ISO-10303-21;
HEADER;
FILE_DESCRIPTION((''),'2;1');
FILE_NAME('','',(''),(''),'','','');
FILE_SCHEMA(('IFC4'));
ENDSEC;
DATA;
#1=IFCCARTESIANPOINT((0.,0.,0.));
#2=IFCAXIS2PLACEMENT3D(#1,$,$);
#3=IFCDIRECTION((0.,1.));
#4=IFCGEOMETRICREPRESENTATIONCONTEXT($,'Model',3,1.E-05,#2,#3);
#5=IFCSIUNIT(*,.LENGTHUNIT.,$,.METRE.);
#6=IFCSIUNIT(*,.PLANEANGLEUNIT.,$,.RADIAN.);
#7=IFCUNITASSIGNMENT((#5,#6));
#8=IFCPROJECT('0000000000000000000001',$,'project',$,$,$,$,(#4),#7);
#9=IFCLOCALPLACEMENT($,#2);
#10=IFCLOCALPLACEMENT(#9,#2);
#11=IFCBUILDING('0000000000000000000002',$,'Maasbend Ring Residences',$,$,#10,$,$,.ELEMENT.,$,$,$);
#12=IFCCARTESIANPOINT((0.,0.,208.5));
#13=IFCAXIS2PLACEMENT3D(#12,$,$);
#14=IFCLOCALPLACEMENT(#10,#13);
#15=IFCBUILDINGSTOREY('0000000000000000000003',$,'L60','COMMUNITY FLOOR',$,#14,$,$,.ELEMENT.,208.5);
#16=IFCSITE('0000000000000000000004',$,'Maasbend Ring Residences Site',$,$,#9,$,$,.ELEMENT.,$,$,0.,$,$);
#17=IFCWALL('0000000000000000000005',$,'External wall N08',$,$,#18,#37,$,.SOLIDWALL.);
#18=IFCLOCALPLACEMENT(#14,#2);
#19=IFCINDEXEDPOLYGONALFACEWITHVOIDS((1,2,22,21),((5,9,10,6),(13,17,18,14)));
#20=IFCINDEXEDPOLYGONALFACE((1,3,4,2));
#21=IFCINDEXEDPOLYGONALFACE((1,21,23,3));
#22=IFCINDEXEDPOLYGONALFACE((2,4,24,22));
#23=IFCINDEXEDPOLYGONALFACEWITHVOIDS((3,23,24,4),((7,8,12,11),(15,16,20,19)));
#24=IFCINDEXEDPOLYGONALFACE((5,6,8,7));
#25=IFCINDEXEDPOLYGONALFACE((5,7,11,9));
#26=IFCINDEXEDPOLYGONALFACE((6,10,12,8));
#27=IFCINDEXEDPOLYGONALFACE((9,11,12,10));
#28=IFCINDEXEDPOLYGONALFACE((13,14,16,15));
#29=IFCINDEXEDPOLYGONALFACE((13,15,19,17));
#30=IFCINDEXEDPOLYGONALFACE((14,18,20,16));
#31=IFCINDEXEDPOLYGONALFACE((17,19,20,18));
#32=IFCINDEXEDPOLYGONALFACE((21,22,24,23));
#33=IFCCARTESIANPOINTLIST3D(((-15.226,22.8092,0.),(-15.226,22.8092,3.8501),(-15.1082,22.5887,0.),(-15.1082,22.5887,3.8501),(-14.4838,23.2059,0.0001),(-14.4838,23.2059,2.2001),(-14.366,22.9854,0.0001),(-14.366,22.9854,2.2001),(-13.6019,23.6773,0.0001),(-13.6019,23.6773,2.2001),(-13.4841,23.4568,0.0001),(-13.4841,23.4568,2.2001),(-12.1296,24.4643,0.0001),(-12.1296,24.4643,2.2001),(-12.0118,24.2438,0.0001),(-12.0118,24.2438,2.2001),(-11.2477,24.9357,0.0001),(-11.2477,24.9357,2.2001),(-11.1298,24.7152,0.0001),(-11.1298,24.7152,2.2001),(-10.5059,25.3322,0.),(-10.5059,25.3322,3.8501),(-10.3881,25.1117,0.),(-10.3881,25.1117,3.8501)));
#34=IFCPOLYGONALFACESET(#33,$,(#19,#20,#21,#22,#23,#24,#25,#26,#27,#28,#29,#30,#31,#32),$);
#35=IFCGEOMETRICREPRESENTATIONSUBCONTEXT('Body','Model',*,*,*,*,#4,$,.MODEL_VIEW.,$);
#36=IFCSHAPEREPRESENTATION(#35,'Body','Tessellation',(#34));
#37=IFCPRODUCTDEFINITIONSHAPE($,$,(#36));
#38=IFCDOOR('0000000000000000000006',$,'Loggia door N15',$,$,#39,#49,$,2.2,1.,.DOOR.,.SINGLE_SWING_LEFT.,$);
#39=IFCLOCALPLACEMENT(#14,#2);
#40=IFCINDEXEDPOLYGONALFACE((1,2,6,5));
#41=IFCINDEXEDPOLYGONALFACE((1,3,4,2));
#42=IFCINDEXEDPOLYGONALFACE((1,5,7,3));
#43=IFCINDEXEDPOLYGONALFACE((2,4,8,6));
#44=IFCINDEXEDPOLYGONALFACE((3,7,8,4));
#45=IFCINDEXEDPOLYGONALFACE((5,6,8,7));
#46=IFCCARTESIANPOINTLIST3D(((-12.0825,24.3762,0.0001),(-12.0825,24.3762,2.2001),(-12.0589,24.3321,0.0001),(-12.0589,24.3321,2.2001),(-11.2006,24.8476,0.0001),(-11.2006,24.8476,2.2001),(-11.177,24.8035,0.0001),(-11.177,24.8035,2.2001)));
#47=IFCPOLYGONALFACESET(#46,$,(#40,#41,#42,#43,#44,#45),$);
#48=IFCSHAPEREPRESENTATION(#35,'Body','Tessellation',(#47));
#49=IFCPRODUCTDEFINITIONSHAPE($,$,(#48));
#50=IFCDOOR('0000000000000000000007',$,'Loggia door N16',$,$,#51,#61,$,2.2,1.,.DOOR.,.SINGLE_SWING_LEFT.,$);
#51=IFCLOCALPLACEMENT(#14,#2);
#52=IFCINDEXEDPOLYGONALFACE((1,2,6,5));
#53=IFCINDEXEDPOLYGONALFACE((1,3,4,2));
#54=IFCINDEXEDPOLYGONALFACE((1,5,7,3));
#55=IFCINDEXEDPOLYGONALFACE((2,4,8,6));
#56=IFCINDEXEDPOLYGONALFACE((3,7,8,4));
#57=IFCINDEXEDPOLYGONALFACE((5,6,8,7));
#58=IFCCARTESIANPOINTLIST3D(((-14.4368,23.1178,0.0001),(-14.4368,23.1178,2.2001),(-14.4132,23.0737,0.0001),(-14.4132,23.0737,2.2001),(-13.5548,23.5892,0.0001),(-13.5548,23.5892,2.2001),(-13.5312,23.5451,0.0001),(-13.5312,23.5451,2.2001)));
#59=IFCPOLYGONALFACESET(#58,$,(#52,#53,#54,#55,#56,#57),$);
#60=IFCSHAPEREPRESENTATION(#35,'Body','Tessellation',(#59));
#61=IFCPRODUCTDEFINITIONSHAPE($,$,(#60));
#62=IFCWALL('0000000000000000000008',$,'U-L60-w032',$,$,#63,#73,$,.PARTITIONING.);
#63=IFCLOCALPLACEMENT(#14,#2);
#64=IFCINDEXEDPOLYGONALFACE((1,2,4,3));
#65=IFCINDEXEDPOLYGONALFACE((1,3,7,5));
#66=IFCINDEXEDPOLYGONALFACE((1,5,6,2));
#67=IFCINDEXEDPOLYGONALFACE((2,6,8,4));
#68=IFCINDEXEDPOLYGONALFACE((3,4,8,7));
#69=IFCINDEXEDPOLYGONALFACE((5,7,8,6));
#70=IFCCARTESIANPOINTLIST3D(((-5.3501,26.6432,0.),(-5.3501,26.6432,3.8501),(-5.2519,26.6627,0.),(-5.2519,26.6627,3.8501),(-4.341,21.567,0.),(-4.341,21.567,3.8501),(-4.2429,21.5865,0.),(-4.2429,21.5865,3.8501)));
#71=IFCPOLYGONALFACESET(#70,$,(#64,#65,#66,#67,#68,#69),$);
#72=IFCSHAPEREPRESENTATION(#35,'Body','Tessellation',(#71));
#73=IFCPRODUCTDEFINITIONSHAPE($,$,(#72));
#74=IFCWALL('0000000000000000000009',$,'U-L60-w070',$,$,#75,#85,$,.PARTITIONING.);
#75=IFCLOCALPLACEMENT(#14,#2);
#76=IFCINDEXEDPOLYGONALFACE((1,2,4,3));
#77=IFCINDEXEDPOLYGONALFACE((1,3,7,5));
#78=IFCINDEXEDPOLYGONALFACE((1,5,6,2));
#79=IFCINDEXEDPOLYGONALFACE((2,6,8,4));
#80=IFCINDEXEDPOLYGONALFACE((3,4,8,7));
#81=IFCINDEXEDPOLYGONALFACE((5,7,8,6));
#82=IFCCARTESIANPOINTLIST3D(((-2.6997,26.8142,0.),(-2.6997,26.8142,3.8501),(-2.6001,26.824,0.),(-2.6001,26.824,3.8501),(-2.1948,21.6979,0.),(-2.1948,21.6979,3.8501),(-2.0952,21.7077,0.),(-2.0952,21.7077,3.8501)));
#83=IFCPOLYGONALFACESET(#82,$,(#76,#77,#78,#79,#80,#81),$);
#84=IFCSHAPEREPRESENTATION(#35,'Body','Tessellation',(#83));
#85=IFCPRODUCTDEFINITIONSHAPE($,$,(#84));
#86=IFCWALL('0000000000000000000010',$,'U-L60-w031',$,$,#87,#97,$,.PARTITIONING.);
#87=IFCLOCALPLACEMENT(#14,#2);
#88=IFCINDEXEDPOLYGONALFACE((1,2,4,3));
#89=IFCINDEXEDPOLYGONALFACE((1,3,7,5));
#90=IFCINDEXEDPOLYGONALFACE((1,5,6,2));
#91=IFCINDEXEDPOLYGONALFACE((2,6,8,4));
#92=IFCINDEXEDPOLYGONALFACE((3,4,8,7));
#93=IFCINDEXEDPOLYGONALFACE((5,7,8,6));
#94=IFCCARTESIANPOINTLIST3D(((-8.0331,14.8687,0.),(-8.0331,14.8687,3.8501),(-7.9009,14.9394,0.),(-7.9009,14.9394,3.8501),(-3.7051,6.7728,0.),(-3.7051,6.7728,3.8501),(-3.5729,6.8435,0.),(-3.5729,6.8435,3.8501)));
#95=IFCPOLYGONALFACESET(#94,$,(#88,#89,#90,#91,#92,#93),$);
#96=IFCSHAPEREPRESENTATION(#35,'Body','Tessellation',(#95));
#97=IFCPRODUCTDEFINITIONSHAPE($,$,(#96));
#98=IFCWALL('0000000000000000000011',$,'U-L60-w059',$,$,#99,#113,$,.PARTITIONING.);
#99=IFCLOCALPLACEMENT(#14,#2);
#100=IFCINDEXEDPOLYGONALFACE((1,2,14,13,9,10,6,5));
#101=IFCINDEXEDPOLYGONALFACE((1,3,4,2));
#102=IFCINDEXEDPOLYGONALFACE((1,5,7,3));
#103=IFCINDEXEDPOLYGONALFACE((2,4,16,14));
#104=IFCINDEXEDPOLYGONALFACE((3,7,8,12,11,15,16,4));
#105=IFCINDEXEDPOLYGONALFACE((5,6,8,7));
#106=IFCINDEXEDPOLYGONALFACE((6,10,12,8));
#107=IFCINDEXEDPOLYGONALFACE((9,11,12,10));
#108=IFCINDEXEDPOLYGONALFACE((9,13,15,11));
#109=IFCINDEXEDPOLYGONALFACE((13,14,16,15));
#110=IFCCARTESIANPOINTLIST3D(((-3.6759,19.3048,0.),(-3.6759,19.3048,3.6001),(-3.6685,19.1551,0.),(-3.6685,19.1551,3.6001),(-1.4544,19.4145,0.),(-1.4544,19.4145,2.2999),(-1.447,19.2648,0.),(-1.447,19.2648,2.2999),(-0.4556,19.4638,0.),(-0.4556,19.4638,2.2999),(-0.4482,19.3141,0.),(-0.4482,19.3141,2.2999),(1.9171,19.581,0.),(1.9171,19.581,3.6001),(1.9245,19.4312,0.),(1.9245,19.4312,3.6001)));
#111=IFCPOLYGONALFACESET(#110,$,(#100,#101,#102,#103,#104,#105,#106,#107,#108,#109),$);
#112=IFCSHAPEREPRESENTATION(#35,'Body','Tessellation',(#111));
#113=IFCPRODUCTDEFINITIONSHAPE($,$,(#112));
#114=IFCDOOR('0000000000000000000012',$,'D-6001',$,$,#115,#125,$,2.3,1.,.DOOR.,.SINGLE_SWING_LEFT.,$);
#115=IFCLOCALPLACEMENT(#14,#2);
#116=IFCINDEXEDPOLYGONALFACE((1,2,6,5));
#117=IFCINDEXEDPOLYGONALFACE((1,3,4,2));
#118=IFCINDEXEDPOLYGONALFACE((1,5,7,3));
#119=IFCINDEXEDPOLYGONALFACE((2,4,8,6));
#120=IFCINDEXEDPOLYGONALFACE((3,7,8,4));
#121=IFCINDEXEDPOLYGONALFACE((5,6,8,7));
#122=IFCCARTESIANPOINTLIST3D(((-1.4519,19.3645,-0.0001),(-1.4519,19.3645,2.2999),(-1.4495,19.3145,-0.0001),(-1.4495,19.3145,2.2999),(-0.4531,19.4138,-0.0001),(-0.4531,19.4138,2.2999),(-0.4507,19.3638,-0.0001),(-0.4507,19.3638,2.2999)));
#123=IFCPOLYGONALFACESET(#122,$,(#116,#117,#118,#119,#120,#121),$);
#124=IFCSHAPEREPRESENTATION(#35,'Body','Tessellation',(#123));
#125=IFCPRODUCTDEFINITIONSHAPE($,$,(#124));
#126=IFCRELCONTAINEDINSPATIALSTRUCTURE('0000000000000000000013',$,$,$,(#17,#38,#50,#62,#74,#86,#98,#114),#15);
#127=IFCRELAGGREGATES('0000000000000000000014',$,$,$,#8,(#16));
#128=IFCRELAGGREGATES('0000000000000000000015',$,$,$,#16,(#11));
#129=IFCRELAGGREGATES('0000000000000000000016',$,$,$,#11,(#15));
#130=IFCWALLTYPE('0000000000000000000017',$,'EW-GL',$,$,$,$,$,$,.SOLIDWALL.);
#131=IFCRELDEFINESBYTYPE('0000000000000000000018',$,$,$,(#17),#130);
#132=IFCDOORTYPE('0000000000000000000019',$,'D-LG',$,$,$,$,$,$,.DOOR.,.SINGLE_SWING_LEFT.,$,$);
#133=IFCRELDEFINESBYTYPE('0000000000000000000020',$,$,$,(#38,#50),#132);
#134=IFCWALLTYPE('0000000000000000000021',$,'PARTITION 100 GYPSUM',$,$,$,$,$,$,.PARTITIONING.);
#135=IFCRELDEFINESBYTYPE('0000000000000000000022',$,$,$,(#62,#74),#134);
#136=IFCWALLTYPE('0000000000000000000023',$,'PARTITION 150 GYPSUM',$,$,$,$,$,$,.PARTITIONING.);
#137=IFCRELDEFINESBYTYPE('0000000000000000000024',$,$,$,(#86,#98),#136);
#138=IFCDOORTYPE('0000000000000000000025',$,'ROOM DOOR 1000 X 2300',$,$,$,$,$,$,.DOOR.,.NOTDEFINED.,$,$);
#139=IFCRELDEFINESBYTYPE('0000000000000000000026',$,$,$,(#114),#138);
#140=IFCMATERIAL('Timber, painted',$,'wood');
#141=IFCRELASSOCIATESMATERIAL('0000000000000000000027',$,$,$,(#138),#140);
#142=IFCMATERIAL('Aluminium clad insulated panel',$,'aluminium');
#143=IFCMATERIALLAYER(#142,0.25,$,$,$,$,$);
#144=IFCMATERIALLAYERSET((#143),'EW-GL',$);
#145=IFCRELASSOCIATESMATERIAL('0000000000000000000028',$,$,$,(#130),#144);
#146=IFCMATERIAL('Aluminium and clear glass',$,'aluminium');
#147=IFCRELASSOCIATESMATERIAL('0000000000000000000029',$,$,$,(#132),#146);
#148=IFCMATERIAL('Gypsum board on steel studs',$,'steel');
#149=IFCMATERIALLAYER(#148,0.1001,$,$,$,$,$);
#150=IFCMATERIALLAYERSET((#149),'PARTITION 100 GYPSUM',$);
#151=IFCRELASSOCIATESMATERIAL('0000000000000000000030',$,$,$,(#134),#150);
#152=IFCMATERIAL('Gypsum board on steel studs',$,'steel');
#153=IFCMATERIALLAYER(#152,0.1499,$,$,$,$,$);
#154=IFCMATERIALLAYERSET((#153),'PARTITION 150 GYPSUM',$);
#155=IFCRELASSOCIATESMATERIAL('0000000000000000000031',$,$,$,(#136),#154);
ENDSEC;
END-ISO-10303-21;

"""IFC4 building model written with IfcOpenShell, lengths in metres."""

from ifc_helpers import new_model, si_unit, direction, frame, frame_2d, origin, place, context, subcontext, project, spatial, rectangle, extrude, material, layer, layer_set, type_object, element, fill, save


model = new_model("IFC4")

# Units and contexts
model_context = context("Model", 3, precision=1e-05, world=origin(), true_north=direction((0.0, 1.0)))
body_context = subcontext(model_context, "Body", "Model", "MODEL_VIEW")
ifc_project = project(units=[si_unit("LENGTHUNIT", "METRE"), si_unit("PLANEANGLEUNIT", "RADIAN")], contexts=[model_context])

# Site, building, storey
site_placement = place(None, origin())
site = spatial("IfcSite", under=ifc_project, at=site_placement, Name="Maasbend Ring Residences Site", CompositionType="ELEMENT", RefElevation=0.0)
building_placement = place(site_placement, origin())
building = spatial("IfcBuilding", under=site, at=building_placement, Name="Maasbend Ring Residences", CompositionType="ELEMENT")
storey_placement = place(building_placement, frame((0.0, 0.0, 208.5)))
storey = spatial("IfcBuildingStorey", under=building, at=storey_placement, Name="L60", Description="COMMUNITY FLOOR", CompositionType="ELEMENT", Elevation=208.5)

# Shared definitions
ifc_material_1 = material(Name="Timber, painted", Category="wood")
door_type_1 = type_object("IfcDoorType", Name="ROOM DOOR 1000 X 2300", OperationType="NOTDEFINED", PredefinedType="DOOR", material=ifc_material_1)

# Wall, openings, doors
ifc_material_2 = material(Name="Aluminium clad insulated panel", Category="aluminium")
ifc_layer_1 = layer(ifc_material_2, 0.25)
ifc_layer_set_1 = layer_set([ifc_layer_1], Name="EW-GL")
wall_type_1 = type_object("IfcWallType", Name="EW-GL", PredefinedType="SOLIDWALL", material=ifc_layer_set_1)
ifc_material_3 = material(Name="Aluminium and clear glass", Category="aluminium")
door_type_2 = type_object("IfcDoorType", Name="D-LG", OperationType="SINGLE_SWING_LEFT", PredefinedType="DOOR", material=ifc_material_3)
wall_1_placement = place(storey_placement, frame((-10.447, 25.2219, 0.0), z_axis=(0.0, 0.0, 1.0), x_axis=(-0.881916, -0.471407, 0.0)))
wall_1 = element("IfcWall", 1, at=wall_1_placement, inside=storey, type_object=wall_type_1, Name="External wall N08", PredefinedType="SOLIDWALL", context=body_context, shape_type="SweptSolid", body=[
    extrude(rectangle(XDim=5.3521, YDim=0.25, at=frame_2d((2.676, 0.0))), origin(), (0.0, 0.0, 1.0), 3.8501),
])
opening_1_placement = place(wall_1_placement, frame((0.8411, 0.0, 0.0)))
opening_1 = element("IfcOpeningElement", 2, at=opening_1_placement, cuts=wall_1, PredefinedType="OPENING", context=body_context, shape_type="SweptSolid", body=[
    extrude(rectangle(XDim=1.0, YDim=2.2, at=frame_2d((0.5, 1.1001))), frame((0.0, 0.135, 0.0), z_axis=(0.0, -1.0, 0.0), x_axis=(1.0, 0.0, 0.0)), (0.0, 0.0, 1.0), 0.27),
])
opening_2_placement = place(wall_1_placement, frame((3.5105, 0.0, 0.0)))
opening_2 = element("IfcOpeningElement", 3, at=opening_2_placement, cuts=wall_1, PredefinedType="OPENING", context=body_context, shape_type="SweptSolid", body=[
    extrude(rectangle(XDim=1.0, YDim=2.2, at=frame_2d((0.5, 1.1001))), frame((0.0, 0.135, 0.0), z_axis=(0.0, -1.0, 0.0), x_axis=(1.0, 0.0, 0.0)), (0.0, 0.0, 1.0), 0.27),
])
door_1_placement = place(opening_1_placement, origin())
door_1 = element("IfcDoor", 4, at=door_1_placement, inside=storey, type_object=door_type_2, Name="Loggia door N15", OperationType="SINGLE_SWING_LEFT", OverallHeight=2.2, OverallWidth=1.0, PredefinedType="DOOR", context=body_context, shape_type="SweptSolid", body=[
    extrude(rectangle(XDim=1.0, YDim=2.2, at=frame_2d((0.5, 1.1001))), frame((0.0, 0.0249, 0.0), z_axis=(0.0, -1.0, 0.0), x_axis=(1.0, 0.0, 0.0)), (0.0, 0.0, 1.0), 0.05),
])
fill(opening_1, door_1)
door_2_placement = place(opening_2_placement, origin())
door_2 = element("IfcDoor", 5, at=door_2_placement, inside=storey, type_object=door_type_2, Name="Loggia door N16", OperationType="SINGLE_SWING_LEFT", OverallHeight=2.2, OverallWidth=1.0, PredefinedType="DOOR", context=body_context, shape_type="SweptSolid", body=[
    extrude(rectangle(XDim=1.0, YDim=2.2, at=frame_2d((0.5, 1.1001))), frame((0.0, 0.0249, 0.0), z_axis=(0.0, -1.0, 0.0), x_axis=(1.0, 0.0, 0.0)), (0.0, 0.0, 1.0), 0.05),
])
fill(opening_2, door_2)

# Walls
ifc_material_4 = material(Name="Gypsum board on steel studs", Category="steel")
ifc_layer_2 = layer(ifc_material_4, 0.1001)
ifc_layer_set_2 = layer_set([ifc_layer_2], Name="PARTITION 100 GYPSUM")
wall_type_2 = type_object("IfcWallType", Name="PARTITION 100 GYPSUM", PredefinedType="PARTITIONING", material=ifc_layer_set_2)
wall_2_placement = place(storey_placement, frame((-5.301, 26.6531, 0.0), z_axis=(0.0, 0.0, 1.0), x_axis=(0.194964, -0.98081, 0.0)))
element("IfcWall", 6, at=wall_2_placement, inside=storey, type_object=wall_type_2, Name="U-L60-w032", PredefinedType="PARTITIONING", context=body_context, shape_type="SweptSolid", body=[
    extrude(rectangle(XDim=5.1755, YDim=0.1001, at=frame_2d((2.5879, 0.0))), origin(), (0.0, 0.0, 1.0), 3.8501),
])
wall_3_placement = place(storey_placement, frame((-2.6499, 26.8191, 0.0), z_axis=(0.0, 0.0, 1.0), x_axis=(0.098206, -0.995166, 0.0)))
element("IfcWall", 7, at=wall_3_placement, inside=storey, type_object=wall_type_2, Name="U-L60-w070", PredefinedType="PARTITIONING", context=body_context, shape_type="SweptSolid", body=[
    extrude(rectangle(XDim=5.1411, YDim=0.1001, at=frame_2d((2.5706, 0.0))), origin(), (0.0, 0.0, 1.0), 3.8501),
])
ifc_material_5 = material(Name="Gypsum board on steel studs", Category="steel")
ifc_layer_3 = layer(ifc_material_5, 0.1499)
ifc_layer_set_3 = layer_set([ifc_layer_3], Name="PARTITION 150 GYPSUM")
wall_type_3 = type_object("IfcWallType", Name="PARTITION 150 GYPSUM", PredefinedType="PARTITIONING", material=ifc_layer_set_3)
wall_4_placement = place(storey_placement, frame((-7.967, 14.9041, 0.0), z_axis=(0.0, 0.0, 1.0), x_axis=(0.47146, -0.881887, 0.0)))
element("IfcWall", 8, at=wall_4_placement, inside=storey, type_object=wall_type_3, Name="U-L60-w031", PredefinedType="PARTITIONING", context=body_context, shape_type="SweptSolid", body=[
    extrude(rectangle(XDim=9.1802, YDim=0.1499, at=frame_2d((4.5901, 0.0))), origin(), (0.0, 0.0, 1.0), 3.8501),
])

# Wall, opening, door
wall_5_placement = place(storey_placement, frame((-3.6721, 19.23, 0.0), z_axis=(0.0, 0.0, 1.0), x_axis=(0.998784, 0.049309, 0.0)))
wall_5 = element("IfcWall", 9, at=wall_5_placement, inside=storey, type_object=wall_type_3, Name="U-L60-w059", PredefinedType="PARTITIONING", context=body_context, shape_type="SweptSolid", body=[
    extrude(rectangle(XDim=5.5999, YDim=0.1499, at=frame_2d((2.7998, 0.0))), origin(), (0.0, 0.0, 1.0), 3.6001),
])
opening_3_placement = place(wall_5_placement, frame((2.2241, 0.0, 0.0)))
opening_3 = element("IfcOpeningElement", 10, at=opening_3_placement, cuts=wall_5, PredefinedType="OPENING", context=body_context, shape_type="SweptSolid", body=[
    extrude(rectangle(XDim=1.0, YDim=2.3, at=frame_2d((0.5, 1.1499))), frame((0.0, 0.085, 0.0), z_axis=(0.0, -1.0, 0.0), x_axis=(1.0, 0.0, 0.0)), (0.0, 0.0, 1.0), 0.1699),
])
door_3_placement = place(opening_3_placement, origin())
door_3 = element("IfcDoor", 11, at=door_3_placement, inside=storey, type_object=door_type_1, Name="D-6001", OperationType="SINGLE_SWING_LEFT", OverallHeight=2.3, OverallWidth=1.0, PredefinedType="DOOR", context=body_context, shape_type="SweptSolid", body=[
    extrude(rectangle(XDim=1.0, YDim=2.3, at=frame_2d((0.5, 1.1499))), frame((0.0, 0.0249, 0.0), z_axis=(0.0, -1.0, 0.0), x_axis=(1.0, 0.0, 0.0)), (0.0, 0.0, 1.0), 0.05),
])
fill(opening_3, door_3)

save(model, "model.ifc")
